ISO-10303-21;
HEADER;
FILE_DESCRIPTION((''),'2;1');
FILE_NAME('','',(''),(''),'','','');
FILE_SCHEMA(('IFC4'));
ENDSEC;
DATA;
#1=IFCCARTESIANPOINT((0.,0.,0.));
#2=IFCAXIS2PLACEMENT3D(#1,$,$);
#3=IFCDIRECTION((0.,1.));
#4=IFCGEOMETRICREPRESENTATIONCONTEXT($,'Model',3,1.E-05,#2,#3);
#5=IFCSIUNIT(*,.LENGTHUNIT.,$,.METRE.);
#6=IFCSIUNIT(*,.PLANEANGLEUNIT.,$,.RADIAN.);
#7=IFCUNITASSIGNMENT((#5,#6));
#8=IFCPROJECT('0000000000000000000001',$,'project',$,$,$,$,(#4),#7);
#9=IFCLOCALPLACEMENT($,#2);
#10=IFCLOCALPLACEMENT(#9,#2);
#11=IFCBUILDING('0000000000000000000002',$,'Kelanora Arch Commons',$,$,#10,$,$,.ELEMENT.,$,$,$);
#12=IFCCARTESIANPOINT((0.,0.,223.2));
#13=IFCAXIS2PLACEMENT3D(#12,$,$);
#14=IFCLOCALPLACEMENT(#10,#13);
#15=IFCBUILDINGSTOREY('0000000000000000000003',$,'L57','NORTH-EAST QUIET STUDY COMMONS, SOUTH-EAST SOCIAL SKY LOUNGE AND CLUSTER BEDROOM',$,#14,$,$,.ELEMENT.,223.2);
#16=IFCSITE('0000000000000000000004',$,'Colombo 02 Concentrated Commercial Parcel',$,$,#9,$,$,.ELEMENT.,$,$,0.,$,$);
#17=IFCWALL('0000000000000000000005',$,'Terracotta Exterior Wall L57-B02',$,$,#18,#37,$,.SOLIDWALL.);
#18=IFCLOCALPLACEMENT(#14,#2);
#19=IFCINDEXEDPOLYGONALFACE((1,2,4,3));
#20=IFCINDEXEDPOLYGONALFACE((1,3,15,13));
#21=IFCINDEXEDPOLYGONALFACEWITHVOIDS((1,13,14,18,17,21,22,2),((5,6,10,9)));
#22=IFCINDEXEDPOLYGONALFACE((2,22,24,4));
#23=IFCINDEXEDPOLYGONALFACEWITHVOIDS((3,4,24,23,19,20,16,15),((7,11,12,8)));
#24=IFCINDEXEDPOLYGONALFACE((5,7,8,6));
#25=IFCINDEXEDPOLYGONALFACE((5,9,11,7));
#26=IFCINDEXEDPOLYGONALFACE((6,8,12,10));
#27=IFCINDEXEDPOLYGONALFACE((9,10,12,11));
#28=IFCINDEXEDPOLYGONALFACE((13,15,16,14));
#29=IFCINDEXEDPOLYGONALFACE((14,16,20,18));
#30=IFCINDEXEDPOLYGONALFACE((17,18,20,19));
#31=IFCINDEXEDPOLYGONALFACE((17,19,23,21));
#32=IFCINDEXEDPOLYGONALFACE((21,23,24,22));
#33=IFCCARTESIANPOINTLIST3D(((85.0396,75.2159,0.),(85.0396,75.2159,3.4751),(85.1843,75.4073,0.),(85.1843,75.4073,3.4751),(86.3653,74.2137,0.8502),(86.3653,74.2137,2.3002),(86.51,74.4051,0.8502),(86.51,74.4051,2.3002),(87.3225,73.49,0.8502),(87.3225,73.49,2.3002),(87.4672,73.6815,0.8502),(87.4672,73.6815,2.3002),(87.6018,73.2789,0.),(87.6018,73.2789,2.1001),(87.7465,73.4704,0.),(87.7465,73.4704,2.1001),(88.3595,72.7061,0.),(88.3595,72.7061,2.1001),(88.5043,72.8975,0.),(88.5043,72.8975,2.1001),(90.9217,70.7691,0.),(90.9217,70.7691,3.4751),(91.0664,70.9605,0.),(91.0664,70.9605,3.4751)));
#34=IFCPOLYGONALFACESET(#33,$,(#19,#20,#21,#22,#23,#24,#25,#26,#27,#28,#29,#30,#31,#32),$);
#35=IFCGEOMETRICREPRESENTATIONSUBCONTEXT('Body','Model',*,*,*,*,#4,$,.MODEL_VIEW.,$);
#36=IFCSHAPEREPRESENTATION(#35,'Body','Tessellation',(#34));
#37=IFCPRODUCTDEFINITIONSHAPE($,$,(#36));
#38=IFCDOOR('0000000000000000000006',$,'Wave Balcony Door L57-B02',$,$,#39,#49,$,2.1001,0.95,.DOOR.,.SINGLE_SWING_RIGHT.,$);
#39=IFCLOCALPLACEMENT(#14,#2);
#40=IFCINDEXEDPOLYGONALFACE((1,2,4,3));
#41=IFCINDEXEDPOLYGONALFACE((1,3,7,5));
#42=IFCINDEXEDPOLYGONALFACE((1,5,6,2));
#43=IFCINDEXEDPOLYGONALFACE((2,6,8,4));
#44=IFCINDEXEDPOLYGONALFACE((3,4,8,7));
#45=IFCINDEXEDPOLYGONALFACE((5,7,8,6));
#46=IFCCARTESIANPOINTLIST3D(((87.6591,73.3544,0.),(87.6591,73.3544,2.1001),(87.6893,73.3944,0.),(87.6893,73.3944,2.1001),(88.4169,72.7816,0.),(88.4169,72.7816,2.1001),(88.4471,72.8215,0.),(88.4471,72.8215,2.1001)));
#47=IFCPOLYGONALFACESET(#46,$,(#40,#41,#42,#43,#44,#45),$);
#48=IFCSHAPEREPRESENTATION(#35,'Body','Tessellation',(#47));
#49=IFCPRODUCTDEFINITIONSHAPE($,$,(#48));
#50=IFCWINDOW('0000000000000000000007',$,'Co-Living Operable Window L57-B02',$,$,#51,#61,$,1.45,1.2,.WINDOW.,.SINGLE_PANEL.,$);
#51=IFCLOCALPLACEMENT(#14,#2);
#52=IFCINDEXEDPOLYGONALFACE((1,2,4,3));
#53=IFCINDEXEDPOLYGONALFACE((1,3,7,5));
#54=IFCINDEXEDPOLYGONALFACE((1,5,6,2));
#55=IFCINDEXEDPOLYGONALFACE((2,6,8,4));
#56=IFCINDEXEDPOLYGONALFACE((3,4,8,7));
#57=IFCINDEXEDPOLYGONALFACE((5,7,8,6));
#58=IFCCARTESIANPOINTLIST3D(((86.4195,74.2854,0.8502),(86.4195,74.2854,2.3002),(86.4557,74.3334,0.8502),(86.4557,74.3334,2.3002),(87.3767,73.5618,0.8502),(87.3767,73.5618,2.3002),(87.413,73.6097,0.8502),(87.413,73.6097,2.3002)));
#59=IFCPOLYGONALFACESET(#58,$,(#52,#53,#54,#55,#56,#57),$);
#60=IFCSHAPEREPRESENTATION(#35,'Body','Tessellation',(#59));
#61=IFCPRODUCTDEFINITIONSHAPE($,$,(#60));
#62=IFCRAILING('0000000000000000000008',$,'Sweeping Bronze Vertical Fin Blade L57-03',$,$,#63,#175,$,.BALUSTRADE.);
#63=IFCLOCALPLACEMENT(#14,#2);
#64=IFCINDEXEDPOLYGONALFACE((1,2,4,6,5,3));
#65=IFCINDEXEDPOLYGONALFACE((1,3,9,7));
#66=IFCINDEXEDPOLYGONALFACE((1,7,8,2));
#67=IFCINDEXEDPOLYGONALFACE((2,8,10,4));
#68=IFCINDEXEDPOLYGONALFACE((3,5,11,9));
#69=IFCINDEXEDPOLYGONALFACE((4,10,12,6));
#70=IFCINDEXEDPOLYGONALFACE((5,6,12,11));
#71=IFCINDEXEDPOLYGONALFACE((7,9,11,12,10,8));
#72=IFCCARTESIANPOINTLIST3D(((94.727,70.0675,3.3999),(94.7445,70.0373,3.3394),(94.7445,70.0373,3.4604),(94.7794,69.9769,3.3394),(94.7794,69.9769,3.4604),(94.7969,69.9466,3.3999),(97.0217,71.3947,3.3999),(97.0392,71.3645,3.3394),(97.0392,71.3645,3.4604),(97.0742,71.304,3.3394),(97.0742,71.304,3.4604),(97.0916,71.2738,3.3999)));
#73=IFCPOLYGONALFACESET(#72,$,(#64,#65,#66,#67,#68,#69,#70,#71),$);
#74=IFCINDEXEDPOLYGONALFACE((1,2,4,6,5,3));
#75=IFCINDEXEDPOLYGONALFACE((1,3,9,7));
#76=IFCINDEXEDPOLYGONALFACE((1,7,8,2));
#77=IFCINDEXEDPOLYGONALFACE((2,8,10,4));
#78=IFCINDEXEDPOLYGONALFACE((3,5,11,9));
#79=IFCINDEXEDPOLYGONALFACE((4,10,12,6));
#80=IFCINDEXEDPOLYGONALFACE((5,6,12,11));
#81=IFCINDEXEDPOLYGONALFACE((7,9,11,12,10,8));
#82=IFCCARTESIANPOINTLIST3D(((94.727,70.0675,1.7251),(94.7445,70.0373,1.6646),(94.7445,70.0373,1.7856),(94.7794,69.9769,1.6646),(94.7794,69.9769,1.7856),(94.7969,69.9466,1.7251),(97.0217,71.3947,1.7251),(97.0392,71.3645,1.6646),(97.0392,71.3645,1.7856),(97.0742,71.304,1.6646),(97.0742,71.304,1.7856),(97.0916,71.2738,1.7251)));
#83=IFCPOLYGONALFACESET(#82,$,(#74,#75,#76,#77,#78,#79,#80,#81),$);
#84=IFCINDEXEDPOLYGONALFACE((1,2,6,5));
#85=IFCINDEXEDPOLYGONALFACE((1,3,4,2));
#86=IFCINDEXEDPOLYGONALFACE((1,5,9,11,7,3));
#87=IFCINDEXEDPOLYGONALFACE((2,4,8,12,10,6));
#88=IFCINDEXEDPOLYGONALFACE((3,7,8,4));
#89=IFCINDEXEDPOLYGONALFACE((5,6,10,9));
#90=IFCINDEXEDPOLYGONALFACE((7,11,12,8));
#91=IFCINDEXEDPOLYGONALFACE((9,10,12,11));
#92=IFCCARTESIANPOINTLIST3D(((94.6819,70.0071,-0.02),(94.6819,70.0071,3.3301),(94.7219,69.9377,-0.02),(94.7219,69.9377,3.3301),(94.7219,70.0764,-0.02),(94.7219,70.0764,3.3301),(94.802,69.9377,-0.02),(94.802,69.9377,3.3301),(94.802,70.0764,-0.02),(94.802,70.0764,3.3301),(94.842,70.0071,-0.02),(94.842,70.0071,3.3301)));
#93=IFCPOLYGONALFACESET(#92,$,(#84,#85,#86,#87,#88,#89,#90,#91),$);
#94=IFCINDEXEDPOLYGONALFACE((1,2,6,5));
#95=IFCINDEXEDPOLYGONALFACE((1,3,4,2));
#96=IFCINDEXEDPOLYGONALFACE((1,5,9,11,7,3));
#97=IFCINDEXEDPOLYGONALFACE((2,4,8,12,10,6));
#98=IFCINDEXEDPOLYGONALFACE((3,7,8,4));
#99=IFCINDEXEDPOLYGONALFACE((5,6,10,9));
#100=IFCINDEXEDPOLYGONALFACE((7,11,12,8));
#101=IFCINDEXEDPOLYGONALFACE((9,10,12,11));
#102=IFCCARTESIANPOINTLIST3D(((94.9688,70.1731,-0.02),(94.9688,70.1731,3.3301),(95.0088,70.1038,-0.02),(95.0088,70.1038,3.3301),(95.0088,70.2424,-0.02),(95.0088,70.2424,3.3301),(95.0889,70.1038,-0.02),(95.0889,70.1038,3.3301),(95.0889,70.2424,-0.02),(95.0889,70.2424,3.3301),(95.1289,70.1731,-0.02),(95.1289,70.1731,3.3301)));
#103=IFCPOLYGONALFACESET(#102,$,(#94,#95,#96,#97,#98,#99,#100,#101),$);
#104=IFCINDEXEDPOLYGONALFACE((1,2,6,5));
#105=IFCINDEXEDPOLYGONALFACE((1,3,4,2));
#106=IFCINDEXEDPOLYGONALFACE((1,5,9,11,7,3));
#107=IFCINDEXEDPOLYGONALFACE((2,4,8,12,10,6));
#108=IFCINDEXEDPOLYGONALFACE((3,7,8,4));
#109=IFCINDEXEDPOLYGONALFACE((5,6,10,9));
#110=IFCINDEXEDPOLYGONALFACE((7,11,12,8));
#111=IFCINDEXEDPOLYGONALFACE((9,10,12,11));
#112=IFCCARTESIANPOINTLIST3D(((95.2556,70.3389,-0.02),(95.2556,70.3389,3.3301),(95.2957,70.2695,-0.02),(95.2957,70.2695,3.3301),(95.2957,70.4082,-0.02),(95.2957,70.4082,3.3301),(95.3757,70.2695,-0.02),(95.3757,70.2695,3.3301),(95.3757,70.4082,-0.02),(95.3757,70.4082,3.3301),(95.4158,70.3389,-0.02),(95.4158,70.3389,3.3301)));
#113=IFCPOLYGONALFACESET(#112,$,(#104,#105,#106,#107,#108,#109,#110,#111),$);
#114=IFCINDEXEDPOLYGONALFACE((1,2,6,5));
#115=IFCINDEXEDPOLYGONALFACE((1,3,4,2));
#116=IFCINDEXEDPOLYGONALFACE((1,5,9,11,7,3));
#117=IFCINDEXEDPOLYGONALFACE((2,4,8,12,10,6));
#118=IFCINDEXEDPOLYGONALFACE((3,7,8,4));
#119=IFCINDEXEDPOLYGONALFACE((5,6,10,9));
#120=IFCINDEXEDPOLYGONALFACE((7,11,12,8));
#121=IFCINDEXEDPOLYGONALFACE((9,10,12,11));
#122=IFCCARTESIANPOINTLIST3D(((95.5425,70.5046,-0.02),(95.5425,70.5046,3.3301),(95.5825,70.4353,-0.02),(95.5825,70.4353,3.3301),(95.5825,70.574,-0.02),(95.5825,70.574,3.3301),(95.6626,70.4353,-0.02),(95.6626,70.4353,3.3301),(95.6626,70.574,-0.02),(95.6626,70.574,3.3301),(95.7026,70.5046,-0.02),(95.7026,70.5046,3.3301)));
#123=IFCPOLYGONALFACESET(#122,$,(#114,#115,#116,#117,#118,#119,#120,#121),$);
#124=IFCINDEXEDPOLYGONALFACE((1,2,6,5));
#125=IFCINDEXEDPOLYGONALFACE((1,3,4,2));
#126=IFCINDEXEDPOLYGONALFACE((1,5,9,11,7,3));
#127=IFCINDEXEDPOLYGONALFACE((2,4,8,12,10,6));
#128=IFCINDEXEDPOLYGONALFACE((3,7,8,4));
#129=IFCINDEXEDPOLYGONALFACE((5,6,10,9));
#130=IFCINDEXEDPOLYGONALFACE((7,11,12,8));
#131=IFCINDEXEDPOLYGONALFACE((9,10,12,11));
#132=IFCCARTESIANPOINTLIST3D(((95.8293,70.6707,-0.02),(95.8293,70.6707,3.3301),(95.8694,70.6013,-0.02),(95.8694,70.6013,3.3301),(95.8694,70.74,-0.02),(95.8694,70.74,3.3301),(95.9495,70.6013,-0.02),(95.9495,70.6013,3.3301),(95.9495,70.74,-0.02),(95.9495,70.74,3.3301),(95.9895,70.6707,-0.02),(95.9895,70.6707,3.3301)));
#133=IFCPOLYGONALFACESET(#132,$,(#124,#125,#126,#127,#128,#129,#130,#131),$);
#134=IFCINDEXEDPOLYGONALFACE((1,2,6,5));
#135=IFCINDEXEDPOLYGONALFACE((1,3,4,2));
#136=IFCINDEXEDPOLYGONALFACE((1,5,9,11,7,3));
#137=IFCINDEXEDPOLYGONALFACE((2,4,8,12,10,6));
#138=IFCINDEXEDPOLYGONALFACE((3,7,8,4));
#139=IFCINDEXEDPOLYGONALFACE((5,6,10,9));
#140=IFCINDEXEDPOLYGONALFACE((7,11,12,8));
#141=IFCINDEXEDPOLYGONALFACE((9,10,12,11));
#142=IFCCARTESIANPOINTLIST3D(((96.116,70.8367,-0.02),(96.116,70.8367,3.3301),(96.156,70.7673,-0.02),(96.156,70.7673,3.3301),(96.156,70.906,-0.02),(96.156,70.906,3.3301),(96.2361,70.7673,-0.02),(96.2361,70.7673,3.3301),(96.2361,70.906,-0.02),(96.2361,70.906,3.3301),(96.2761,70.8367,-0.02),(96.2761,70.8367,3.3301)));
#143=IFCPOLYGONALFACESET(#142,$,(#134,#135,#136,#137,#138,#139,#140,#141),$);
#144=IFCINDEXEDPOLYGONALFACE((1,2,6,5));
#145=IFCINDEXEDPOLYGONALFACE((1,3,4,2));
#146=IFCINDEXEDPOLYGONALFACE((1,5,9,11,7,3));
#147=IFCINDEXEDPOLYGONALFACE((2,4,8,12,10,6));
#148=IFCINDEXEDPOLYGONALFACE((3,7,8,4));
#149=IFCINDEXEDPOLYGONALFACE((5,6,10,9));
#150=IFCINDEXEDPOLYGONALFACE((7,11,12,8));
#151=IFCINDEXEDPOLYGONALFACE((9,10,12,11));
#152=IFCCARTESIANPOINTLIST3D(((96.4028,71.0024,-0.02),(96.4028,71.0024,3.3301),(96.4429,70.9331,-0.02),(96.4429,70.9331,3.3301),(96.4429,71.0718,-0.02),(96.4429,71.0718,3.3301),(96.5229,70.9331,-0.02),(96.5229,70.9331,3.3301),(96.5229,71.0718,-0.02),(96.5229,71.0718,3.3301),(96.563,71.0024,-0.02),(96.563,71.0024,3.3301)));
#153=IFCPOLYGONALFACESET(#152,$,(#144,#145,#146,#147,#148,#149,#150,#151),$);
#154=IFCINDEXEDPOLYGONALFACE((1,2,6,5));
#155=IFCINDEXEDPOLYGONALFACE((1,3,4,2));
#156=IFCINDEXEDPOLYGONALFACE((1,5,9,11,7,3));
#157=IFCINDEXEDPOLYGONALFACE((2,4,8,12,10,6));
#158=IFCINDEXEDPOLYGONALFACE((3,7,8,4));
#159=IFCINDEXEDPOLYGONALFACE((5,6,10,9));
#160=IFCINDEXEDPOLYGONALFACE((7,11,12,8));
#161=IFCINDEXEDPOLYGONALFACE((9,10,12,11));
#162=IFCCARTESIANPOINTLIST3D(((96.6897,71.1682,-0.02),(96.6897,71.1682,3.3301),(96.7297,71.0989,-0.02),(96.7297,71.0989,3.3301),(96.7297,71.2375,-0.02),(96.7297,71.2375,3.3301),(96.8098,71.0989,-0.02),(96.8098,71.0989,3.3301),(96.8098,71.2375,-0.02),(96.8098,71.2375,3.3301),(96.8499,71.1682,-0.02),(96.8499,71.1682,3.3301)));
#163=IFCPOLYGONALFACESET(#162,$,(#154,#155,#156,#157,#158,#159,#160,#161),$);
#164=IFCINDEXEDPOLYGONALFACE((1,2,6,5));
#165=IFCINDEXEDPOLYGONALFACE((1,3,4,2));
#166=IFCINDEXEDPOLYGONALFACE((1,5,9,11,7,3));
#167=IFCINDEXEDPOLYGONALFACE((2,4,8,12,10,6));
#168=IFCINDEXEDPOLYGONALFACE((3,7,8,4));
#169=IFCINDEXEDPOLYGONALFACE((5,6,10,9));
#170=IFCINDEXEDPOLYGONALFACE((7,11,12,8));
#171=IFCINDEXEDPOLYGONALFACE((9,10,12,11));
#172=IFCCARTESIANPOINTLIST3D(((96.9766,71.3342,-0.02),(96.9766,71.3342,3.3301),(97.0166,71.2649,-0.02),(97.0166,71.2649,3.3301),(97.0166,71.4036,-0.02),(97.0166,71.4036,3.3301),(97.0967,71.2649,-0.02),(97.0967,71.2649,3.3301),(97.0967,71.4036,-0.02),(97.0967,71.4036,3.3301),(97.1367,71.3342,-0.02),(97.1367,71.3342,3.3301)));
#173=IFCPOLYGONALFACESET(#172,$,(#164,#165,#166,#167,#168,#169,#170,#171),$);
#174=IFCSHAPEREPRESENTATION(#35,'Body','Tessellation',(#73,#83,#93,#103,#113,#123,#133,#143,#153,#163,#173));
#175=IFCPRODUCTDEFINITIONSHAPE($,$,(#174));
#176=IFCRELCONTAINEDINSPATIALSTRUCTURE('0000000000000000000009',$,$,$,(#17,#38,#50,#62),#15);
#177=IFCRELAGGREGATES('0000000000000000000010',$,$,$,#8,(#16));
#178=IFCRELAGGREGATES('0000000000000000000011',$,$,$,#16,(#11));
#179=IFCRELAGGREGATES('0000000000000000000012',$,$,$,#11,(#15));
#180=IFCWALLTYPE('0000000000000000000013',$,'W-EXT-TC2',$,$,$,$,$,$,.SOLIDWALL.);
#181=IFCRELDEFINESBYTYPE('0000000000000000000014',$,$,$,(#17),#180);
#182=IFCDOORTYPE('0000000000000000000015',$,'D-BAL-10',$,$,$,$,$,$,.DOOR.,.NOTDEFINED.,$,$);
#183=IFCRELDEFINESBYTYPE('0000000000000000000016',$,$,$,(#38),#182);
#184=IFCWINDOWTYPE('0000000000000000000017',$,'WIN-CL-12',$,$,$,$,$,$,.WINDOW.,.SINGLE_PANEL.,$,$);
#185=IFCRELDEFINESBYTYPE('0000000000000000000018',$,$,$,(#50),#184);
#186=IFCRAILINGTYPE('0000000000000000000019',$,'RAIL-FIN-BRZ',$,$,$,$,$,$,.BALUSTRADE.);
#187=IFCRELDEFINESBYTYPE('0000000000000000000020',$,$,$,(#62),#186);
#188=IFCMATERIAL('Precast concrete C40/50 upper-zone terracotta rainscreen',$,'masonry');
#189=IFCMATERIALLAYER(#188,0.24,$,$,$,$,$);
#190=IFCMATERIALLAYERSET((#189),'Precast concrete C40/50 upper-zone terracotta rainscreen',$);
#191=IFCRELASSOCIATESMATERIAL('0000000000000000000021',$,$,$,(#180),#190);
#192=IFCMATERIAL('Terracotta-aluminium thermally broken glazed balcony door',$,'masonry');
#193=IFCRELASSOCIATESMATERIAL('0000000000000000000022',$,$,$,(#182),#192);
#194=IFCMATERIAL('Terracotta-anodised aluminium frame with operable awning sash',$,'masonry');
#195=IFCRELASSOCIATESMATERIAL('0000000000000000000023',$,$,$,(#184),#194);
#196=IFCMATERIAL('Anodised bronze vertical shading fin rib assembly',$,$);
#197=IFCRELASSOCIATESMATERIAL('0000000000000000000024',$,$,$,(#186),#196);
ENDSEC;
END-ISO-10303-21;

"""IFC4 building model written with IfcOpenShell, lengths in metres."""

from ifc_helpers import new_model, si_unit, direction, frame, frame_2d, origin, place, context, subcontext, project, spatial, polyline, rectangle, outline, extrude, material, layer, layer_set, type_object, element, fill, save


model = new_model("IFC4")

# Units and contexts
model_context = context("Model", 3, precision=1e-05, world=origin(), true_north=direction((0.0, 1.0)))
body_context = subcontext(model_context, "Body", "Model", "MODEL_VIEW")
ifc_project = project(units=[si_unit("LENGTHUNIT", "METRE"), si_unit("PLANEANGLEUNIT", "RADIAN")], contexts=[model_context])

# Site, building, storey
site_placement = place(None, origin())
site = spatial("IfcSite", under=ifc_project, at=site_placement, Name="Colombo 02 Concentrated Commercial Parcel", CompositionType="ELEMENT", RefElevation=0.0)
building_placement = place(site_placement, origin())
building = spatial("IfcBuilding", under=site, at=building_placement, Name="Kelanora Arch Commons", CompositionType="ELEMENT")
storey_placement = place(building_placement, frame((0.0, 0.0, 223.2)))
storey = spatial("IfcBuildingStorey", under=building, at=storey_placement, Name="L57", Description="NORTH-EAST QUIET STUDY COMMONS, SOUTH-EAST SOCIAL SKY LOUNGE AND CLUSTER BEDROOM", CompositionType="ELEMENT", Elevation=223.2)

# Wall, openings, door, window
ifc_material_1 = material(Name="Precast concrete C40/50 upper-zone terracotta rainscreen", Category="masonry")
ifc_layer_1 = layer(ifc_material_1, 0.24)
ifc_layer_set_1 = layer_set([ifc_layer_1], Name="Precast concrete C40/50 upper-zone terracotta rainscreen")
wall_type = type_object("IfcWallType", Name="W-EXT-TC2", PredefinedType="SOLIDWALL", material=ifc_layer_set_1)
ifc_material_2 = material(Name="Terracotta-aluminium thermally broken glazed balcony door", Category="masonry")
door_type = type_object("IfcDoorType", Name="D-BAL-10", OperationType="NOTDEFINED", PredefinedType="DOOR", material=ifc_material_2)
ifc_material_3 = material(Name="Terracotta-anodised aluminium frame with operable awning sash", Category="masonry")
window_type = type_object("IfcWindowType", Name="WIN-CL-12", PartitioningType="SINGLE_PANEL", PredefinedType="WINDOW", material=ifc_material_3)
wall_1_placement = place(storey_placement, frame((90.9941, 70.8647, 0.0), z_axis=(0.0, 0.0, 1.0), x_axis=(-0.797702, 0.603052, 0.0)))
wall_1 = element("IfcWall", 1, at=wall_1_placement, inside=storey, type_object=wall_type, Name="Terracotta Exterior Wall L57-B02", PredefinedType="SOLIDWALL", context=body_context, shape_type="SweptSolid", body=[
    extrude(rectangle(XDim=7.3738, YDim=0.24, at=frame_2d((3.687, 0.0))), origin(), (0.0, 0.0, 1.0), 3.4751),
])
opening_1_placement = place(wall_1_placement, frame((3.2119, 0.0, 0.0)))
opening_1 = element("IfcOpeningElement", 2, at=opening_1_placement, cuts=wall_1, PredefinedType="OPENING", context=body_context, shape_type="SweptSolid", body=[
    extrude(rectangle(XDim=0.95, YDim=2.1001, at=frame_2d((0.4751, 1.05))), frame((0.0, 0.1299, 0.0), z_axis=(0.0, -1.0, 0.0), x_axis=(1.0, 0.0, 0.0)), (0.0, 0.0, 1.0), 0.26),
])
opening_2_placement = place(wall_1_placement, frame((4.512, 0.0, 0.8501)))
opening_2 = element("IfcOpeningElement", 3, at=opening_2_placement, cuts=wall_1, PredefinedType="OPENING", context=body_context, shape_type="SweptSolid", body=[
    extrude(rectangle(XDim=1.2, YDim=1.45, at=frame_2d((0.6001, 0.7251))), frame((0.0, 0.1299, 0.0), z_axis=(0.0, -1.0, 0.0), x_axis=(1.0, 0.0, 0.0)), (0.0, 0.0, 1.0), 0.26),
])
door_1_placement = place(opening_1_placement, frame((0.95, 0.0, 0.0), z_axis=(0.0, 0.0, 1.0), x_axis=(-1.0, 0.0, 0.0)))
door_1 = element("IfcDoor", 4, at=door_1_placement, inside=storey, type_object=door_type, Name="Wave Balcony Door L57-B02", OperationType="SINGLE_SWING_RIGHT", OverallHeight=2.1001, OverallWidth=0.95, PredefinedType="DOOR", context=body_context, shape_type="SweptSolid", body=[
    extrude(rectangle(XDim=0.95, YDim=2.1001, at=frame_2d((0.4751, 1.05))), frame((0.0, 0.0249, 0.0), z_axis=(0.0, -1.0, 0.0), x_axis=(1.0, 0.0, 0.0)), (0.0, 0.0, 1.0), 0.05),
])
fill(opening_1, door_1)
window_1_placement = place(opening_2_placement, origin())
window_1 = element("IfcWindow", 5, at=window_1_placement, inside=storey, type_object=window_type, Name="Co-Living Operable Window L57-B02", OverallHeight=1.45, OverallWidth=1.2, PartitioningType="SINGLE_PANEL", PredefinedType="WINDOW", context=body_context, shape_type="SweptSolid", body=[
    extrude(rectangle(XDim=1.2, YDim=1.45, at=frame_2d((0.6001, 0.7251))), frame((0.0, 0.03, 0.0), z_axis=(0.0, -1.0, 0.0), x_axis=(1.0, 0.0, 0.0)), (0.0, 0.0, 1.0), 0.0601),
])
fill(opening_2, window_1)

# Railing
ifc_material_4 = material(Name="Anodised bronze vertical shading fin rib assembly")
railing_type = type_object("IfcRailingType", Name="RAIL-FIN-BRZ", PredefinedType="BALUSTRADE", material=ifc_material_4)
railing_1_placement = place(storey_placement, frame((94.762, 70.0071, -0.02)))
element("IfcRailing", 6, at=railing_1_placement, inside=storey, type_object=railing_type, Name="Sweeping Bronze Vertical Fin Blade L57-03", PredefinedType="BALUSTRADE", context=body_context, shape_type="SweptSolid", body=[
    extrude(outline(polyline([(0.0698, 0.0), (0.0349, 0.0605), (-0.0349, 0.0605), (-0.0698, 0.0), (-0.0349, -0.0605), (0.0349, -0.0605), (0.0698, 0.0)])), frame((0.0, 0.0, 3.4199), z_axis=(0.865647, 0.500655, 0.0), x_axis=(-0.500655, 0.865647, 0.0)), (0.0, 0.0, 1.0), 2.6509),
    extrude(outline(polyline([(0.0698, 0.0), (0.0349, 0.0605), (-0.0349, 0.0605), (-0.0698, 0.0), (-0.0349, -0.0605), (0.0349, -0.0605), (0.0698, 0.0)])), frame((0.0, 0.0, 1.7451), z_axis=(0.865647, 0.500655, 0.0), x_axis=(-0.500655, 0.865647, 0.0)), (0.0, 0.0, 1.0), 2.6509),
    extrude(outline(polyline([(0.0801, 0.0), (0.04, 0.0693), (-0.04, 0.0693), (-0.0801, 0.0), (-0.04, -0.0693), (0.04, -0.0693), (0.0801, 0.0)])), origin(), (0.0, 0.0, 1.0), 3.3501),
    extrude(outline(polyline([(0.0801, 0.0), (0.04, 0.0693), (-0.04, 0.0693), (-0.0801, 0.0), (-0.04, -0.0693), (0.04, -0.0693), (0.0801, 0.0)])), frame((0.2869, 0.166, 0.0)), (0.0, 0.0, 1.0), 3.3501),
    extrude(outline(polyline([(0.0801, 0.0), (0.04, 0.0693), (-0.04, 0.0693), (-0.0801, 0.0), (-0.04, -0.0693), (0.04, -0.0693), (0.0801, 0.0)])), frame((0.5737, 0.3318, 0.0)), (0.0, 0.0, 1.0), 3.3501),
    extrude(outline(polyline([(0.0801, 0.0), (0.04, 0.0693), (-0.04, 0.0693), (-0.0801, 0.0), (-0.04, -0.0693), (0.04, -0.0693), (0.0801, 0.0)])), frame((0.8606, 0.4976, 0.0)), (0.0, 0.0, 1.0), 3.3501),
    extrude(outline(polyline([(0.0801, 0.0), (0.04, 0.0693), (-0.04, 0.0693), (-0.0801, 0.0), (-0.04, -0.0693), (0.04, -0.0693), (0.0801, 0.0)])), frame((1.1475, 0.6636, 0.0)), (0.0, 0.0, 1.0), 3.3501),
    extrude(outline(polyline([(0.0801, 0.0), (0.04, 0.0693), (-0.04, 0.0693), (-0.0801, 0.0), (-0.04, -0.0693), (0.04, -0.0693), (0.0801, 0.0)])), frame((1.4341, 0.8296, 0.0)), (0.0, 0.0, 1.0), 3.3501),
    extrude(outline(polyline([(0.0801, 0.0), (0.04, 0.0693), (-0.04, 0.0693), (-0.0801, 0.0), (-0.04, -0.0693), (0.04, -0.0693), (0.0801, 0.0)])), frame((1.7209, 0.9954, 0.0)), (0.0, 0.0, 1.0), 3.3501),
    extrude(outline(polyline([(0.0801, 0.0), (0.04, 0.0693), (-0.04, 0.0693), (-0.0801, 0.0), (-0.04, -0.0693), (0.04, -0.0693), (0.0801, 0.0)])), frame((2.0078, 1.1611, 0.0)), (0.0, 0.0, 1.0), 3.3501),
    extrude(outline(polyline([(0.0801, 0.0), (0.04, 0.0693), (-0.04, 0.0693), (-0.0801, 0.0), (-0.04, -0.0693), (0.04, -0.0693), (0.0801, 0.0)])), frame((2.2947, 1.3271, 0.0)), (0.0, 0.0, 1.0), 3.3501),
])

save(model, "model.ifc")
